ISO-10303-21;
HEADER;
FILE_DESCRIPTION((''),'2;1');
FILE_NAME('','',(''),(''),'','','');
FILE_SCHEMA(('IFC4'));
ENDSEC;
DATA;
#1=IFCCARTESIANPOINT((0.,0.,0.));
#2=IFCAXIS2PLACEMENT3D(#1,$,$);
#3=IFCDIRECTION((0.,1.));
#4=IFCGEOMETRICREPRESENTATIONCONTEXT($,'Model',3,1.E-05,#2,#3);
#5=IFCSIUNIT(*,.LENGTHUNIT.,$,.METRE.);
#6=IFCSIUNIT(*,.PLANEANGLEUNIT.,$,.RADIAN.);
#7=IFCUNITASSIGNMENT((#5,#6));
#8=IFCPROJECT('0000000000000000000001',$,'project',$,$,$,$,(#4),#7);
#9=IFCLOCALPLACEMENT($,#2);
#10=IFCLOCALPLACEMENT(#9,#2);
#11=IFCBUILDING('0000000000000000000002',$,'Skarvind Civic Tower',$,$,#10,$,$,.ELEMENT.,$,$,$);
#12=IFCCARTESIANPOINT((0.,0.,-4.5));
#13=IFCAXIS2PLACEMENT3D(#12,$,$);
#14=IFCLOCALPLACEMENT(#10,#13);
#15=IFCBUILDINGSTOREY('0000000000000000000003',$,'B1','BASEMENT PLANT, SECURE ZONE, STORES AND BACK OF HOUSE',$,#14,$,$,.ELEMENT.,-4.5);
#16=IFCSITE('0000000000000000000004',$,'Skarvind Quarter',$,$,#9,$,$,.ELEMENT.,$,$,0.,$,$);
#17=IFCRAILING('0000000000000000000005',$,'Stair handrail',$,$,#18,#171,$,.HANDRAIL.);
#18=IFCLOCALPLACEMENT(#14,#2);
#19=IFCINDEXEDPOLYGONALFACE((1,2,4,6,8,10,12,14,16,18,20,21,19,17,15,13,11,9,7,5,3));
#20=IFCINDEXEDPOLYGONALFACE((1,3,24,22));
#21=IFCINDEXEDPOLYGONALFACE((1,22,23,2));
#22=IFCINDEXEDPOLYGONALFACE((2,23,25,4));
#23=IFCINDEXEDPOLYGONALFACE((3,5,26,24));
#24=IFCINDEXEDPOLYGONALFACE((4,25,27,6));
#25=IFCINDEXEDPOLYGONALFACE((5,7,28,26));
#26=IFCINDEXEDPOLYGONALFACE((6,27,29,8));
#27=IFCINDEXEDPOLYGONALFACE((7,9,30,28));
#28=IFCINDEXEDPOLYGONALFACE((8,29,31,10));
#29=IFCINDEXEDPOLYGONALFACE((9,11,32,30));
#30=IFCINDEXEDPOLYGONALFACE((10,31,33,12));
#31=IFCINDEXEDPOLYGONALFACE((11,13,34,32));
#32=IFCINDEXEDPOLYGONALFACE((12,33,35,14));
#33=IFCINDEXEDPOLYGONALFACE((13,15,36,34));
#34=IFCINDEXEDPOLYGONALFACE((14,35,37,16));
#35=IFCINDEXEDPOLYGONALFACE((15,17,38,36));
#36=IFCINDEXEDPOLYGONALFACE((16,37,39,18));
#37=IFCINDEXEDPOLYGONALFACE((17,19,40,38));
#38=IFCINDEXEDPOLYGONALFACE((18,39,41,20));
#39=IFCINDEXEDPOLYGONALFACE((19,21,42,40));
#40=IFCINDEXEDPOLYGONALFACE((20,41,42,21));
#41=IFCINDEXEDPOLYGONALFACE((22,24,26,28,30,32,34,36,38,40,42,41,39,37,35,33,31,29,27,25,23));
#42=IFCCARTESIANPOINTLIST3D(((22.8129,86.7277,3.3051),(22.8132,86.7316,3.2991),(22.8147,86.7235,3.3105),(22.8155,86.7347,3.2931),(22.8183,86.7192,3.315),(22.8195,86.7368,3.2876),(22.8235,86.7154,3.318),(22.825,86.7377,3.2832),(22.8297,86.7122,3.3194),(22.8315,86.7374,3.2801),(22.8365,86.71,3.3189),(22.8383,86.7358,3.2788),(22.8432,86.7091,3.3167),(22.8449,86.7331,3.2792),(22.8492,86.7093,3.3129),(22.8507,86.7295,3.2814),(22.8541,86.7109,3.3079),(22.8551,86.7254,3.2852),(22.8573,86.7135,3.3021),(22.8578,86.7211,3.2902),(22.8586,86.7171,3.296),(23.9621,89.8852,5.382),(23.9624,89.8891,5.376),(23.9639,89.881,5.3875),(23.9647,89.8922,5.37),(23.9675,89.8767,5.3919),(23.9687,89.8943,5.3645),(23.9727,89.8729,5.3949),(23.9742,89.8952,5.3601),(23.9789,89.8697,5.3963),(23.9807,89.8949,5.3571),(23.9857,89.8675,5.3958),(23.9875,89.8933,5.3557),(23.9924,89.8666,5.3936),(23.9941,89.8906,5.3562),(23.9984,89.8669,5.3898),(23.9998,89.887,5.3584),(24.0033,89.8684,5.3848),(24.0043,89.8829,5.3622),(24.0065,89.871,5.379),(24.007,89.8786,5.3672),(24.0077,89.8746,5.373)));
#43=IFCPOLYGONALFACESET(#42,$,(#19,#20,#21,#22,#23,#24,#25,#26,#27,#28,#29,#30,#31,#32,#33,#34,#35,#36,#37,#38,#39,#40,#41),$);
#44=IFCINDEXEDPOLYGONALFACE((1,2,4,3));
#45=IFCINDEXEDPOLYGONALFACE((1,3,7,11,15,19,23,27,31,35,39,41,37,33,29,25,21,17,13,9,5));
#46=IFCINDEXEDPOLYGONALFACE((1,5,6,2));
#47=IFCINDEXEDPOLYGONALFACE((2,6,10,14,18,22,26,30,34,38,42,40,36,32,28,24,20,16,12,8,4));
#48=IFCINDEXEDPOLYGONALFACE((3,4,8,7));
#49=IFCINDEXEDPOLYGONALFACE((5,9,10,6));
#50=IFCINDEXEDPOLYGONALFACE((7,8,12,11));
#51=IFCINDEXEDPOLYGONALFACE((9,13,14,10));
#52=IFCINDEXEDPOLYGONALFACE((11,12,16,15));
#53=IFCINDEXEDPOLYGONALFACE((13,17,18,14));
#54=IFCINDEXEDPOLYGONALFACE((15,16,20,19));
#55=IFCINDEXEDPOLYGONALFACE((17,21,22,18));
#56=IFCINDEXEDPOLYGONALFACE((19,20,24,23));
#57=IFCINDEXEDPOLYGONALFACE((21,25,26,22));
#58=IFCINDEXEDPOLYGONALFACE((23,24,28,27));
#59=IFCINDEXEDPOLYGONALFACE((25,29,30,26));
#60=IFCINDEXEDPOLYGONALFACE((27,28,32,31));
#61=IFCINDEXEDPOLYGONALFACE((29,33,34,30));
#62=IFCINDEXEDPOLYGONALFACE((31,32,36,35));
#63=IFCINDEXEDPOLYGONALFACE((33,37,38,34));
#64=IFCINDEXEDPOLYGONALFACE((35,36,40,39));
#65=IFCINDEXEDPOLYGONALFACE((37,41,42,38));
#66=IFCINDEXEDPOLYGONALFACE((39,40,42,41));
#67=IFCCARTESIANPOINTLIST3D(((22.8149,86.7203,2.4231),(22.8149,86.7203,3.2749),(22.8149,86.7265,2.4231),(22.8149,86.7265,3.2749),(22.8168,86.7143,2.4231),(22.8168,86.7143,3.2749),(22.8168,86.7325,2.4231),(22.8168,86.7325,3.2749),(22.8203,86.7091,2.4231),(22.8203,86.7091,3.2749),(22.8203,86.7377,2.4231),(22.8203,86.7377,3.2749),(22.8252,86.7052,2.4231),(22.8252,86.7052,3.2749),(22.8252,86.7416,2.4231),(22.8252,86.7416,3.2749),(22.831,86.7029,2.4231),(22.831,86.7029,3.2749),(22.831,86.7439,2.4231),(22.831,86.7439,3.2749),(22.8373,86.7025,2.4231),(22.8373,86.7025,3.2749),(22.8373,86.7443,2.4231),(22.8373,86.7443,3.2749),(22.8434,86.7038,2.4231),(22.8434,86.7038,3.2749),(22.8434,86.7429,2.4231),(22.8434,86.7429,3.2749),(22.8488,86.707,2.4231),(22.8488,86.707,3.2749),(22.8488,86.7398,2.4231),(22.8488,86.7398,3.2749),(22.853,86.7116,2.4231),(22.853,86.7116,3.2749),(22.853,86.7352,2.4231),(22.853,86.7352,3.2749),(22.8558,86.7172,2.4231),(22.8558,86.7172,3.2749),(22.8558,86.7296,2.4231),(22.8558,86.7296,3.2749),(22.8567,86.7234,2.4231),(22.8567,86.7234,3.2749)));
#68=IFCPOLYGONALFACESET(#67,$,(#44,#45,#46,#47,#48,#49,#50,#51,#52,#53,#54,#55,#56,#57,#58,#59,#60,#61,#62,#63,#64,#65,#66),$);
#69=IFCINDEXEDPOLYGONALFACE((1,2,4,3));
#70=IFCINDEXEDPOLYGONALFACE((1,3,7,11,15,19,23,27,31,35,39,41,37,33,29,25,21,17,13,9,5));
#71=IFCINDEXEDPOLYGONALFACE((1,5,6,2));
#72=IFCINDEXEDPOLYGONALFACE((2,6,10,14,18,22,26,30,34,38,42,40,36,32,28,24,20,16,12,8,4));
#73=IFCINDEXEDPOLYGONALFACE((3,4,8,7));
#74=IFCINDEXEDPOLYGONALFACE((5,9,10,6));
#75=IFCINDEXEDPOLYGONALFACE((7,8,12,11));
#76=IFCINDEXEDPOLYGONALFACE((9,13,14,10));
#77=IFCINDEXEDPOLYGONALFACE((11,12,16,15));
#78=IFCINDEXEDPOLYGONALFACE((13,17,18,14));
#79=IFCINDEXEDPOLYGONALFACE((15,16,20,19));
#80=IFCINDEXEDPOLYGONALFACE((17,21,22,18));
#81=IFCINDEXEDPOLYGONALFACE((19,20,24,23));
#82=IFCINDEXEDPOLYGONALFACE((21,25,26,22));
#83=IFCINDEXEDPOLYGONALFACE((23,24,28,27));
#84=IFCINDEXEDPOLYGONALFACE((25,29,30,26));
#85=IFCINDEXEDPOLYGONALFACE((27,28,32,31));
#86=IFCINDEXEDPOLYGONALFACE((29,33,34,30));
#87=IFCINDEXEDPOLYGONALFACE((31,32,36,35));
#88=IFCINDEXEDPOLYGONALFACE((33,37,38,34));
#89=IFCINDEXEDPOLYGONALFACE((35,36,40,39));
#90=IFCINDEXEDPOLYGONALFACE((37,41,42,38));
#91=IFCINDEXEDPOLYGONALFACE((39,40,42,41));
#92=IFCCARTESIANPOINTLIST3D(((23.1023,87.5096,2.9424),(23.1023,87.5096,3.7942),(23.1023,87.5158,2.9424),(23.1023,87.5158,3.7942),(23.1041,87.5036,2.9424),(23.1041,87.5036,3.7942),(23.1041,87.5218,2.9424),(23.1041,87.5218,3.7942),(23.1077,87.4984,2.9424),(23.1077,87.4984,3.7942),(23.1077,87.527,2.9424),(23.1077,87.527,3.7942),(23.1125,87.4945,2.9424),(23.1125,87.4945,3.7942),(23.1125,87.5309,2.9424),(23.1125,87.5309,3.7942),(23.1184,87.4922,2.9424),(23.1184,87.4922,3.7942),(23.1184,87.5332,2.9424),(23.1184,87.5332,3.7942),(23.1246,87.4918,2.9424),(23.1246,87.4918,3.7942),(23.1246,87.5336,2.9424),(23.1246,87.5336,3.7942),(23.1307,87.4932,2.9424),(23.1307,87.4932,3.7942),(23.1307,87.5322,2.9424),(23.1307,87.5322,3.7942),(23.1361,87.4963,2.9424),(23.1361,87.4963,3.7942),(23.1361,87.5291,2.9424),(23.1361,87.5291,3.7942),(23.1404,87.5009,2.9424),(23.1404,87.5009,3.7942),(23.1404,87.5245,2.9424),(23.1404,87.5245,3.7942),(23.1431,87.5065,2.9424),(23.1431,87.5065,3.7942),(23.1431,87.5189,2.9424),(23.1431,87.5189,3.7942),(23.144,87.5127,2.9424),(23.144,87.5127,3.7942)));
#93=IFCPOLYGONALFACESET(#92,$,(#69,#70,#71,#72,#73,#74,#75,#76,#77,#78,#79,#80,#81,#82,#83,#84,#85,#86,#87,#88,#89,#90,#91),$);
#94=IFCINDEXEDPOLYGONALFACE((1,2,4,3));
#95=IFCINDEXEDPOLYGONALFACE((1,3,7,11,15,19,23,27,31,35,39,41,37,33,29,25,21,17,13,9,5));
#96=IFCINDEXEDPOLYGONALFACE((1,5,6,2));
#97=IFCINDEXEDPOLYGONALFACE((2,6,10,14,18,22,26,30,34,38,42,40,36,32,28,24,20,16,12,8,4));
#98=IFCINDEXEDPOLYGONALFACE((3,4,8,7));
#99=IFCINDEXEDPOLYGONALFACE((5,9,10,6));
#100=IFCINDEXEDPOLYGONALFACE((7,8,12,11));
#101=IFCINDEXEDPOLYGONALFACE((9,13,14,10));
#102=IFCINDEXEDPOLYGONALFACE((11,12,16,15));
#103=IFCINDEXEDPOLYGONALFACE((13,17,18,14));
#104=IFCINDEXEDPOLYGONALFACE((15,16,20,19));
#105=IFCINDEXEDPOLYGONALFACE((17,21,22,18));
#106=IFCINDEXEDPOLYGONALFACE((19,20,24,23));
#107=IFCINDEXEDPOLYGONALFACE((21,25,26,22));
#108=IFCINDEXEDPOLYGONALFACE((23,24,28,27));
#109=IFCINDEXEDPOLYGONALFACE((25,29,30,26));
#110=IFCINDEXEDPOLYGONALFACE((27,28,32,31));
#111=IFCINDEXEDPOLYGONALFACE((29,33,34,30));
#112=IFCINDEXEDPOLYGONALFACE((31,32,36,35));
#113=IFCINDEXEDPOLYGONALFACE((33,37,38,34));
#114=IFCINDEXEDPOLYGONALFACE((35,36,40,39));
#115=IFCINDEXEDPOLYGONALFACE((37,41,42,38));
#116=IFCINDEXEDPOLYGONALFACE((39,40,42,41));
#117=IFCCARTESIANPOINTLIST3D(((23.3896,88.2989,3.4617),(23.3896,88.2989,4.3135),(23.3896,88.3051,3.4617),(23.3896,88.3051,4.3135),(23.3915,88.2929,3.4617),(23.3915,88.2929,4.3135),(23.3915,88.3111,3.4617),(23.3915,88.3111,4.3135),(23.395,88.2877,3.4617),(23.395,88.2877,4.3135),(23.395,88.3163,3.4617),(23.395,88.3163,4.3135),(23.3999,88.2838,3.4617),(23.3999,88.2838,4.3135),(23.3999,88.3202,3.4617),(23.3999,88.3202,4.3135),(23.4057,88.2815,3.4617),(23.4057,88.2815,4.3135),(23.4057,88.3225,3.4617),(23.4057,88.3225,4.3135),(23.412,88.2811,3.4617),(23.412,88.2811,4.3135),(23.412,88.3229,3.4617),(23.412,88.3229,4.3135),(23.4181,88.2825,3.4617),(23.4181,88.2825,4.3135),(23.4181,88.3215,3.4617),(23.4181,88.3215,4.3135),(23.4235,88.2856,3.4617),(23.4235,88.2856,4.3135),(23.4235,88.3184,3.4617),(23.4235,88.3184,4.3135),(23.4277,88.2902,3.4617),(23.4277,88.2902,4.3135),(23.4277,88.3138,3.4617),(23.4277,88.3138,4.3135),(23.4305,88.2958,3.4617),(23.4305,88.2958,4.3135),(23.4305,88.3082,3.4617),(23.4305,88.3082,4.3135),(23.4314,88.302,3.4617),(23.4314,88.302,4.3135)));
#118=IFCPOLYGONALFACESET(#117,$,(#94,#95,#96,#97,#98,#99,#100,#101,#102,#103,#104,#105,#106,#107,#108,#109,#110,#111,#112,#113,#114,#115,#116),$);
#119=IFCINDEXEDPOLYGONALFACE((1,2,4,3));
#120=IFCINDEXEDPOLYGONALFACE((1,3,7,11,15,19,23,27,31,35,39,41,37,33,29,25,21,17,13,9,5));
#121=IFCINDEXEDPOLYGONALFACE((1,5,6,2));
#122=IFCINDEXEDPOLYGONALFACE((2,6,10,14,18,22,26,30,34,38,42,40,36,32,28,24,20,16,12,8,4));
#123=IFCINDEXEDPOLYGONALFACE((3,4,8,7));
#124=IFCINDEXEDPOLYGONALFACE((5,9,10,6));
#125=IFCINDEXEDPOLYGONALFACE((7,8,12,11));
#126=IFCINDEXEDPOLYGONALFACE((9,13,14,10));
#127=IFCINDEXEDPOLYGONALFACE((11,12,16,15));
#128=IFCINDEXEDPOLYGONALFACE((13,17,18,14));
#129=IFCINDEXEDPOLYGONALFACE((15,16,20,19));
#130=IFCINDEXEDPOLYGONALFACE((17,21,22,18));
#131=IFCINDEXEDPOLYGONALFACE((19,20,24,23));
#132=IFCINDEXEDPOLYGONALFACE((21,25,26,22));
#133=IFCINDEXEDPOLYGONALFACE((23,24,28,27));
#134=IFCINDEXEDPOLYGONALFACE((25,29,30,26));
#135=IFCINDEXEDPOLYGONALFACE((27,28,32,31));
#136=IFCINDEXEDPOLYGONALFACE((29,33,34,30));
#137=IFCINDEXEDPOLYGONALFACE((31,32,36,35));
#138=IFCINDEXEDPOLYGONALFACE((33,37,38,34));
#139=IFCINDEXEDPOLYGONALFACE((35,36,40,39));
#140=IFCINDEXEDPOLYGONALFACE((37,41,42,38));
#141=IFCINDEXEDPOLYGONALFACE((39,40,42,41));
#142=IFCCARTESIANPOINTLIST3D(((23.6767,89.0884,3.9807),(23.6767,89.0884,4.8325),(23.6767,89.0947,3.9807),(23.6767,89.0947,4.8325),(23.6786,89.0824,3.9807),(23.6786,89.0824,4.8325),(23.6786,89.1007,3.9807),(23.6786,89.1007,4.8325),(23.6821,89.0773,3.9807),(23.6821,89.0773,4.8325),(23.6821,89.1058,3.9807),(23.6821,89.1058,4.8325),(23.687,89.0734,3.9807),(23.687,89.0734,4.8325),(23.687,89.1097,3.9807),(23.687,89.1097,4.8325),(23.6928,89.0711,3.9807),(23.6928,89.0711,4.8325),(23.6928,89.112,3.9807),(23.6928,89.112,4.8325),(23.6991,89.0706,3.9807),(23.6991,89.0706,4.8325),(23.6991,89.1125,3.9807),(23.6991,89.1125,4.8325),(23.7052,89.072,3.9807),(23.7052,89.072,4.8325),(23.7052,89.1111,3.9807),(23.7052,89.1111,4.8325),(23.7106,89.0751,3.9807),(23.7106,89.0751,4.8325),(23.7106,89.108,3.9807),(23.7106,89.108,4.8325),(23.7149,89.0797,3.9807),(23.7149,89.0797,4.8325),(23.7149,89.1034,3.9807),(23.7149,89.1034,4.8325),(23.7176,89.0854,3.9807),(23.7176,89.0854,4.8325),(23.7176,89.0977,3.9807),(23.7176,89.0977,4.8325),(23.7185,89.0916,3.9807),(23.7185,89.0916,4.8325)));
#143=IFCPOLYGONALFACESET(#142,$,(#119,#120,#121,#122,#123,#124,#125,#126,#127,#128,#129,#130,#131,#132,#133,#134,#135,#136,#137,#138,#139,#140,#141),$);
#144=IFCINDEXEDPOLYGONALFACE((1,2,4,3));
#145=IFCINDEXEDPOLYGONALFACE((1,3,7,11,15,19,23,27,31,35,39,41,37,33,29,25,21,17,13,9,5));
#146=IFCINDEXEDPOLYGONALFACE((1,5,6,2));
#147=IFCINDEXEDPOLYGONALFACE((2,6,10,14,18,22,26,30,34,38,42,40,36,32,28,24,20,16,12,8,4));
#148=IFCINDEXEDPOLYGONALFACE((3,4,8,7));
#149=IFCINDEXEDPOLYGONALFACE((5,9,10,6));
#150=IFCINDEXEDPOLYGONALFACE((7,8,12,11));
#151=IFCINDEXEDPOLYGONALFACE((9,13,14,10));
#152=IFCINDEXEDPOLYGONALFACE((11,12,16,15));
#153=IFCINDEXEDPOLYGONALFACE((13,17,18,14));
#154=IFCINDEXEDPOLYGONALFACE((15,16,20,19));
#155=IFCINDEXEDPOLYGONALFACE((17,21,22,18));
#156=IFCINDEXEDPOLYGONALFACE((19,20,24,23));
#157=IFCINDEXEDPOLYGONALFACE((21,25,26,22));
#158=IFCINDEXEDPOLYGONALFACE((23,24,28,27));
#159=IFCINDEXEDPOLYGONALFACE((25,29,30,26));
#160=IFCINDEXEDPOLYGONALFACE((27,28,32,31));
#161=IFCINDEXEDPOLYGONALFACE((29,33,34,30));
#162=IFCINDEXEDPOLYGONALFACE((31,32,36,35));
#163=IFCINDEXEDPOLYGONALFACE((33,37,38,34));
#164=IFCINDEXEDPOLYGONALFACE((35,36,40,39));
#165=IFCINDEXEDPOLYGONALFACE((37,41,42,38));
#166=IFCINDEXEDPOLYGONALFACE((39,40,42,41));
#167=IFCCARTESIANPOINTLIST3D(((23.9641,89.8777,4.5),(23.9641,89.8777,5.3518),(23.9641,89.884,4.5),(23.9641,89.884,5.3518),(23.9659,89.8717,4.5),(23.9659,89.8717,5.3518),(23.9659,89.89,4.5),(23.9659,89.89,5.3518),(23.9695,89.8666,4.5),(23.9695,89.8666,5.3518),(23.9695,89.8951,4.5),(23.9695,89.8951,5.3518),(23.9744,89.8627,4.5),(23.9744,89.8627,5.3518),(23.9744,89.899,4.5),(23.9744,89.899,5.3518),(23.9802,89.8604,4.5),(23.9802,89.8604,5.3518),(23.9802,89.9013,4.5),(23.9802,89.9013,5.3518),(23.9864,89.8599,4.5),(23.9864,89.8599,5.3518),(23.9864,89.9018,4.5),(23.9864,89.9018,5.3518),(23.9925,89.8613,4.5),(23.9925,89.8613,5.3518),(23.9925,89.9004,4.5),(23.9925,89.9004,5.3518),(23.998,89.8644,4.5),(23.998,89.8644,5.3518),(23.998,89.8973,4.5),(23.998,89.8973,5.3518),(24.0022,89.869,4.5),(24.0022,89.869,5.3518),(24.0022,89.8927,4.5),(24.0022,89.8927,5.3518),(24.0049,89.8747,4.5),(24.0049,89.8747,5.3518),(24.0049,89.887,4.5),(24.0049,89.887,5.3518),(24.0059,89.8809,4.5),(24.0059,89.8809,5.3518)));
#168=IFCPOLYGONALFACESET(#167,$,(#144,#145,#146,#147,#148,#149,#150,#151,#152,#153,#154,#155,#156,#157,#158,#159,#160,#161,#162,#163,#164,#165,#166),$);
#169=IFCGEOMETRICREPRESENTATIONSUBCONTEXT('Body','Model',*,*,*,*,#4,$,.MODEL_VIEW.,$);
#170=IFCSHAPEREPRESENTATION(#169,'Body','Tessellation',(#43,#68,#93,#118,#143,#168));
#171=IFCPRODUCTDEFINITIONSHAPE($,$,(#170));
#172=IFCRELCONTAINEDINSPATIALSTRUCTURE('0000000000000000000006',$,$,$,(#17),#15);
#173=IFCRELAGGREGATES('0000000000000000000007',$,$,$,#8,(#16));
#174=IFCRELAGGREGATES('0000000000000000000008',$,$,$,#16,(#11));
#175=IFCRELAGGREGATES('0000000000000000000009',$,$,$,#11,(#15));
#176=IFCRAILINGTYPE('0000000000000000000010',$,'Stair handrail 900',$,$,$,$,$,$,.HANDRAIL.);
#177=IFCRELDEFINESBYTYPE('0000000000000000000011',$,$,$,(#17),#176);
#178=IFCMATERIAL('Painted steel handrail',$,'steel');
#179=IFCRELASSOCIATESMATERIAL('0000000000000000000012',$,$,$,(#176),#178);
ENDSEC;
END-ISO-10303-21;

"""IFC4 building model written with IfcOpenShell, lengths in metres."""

from ifc_helpers import new_model, si_unit, direction, frame, origin, origin_2d, place, context, subcontext, project, spatial, circle, extrude, material, type_object, element, save


model = new_model("IFC4")

# Units and contexts
model_context = context("Model", 3, precision=1e-05, world=origin(), true_north=direction((0.0, 1.0)))
body_context = subcontext(model_context, "Body", "Model", "MODEL_VIEW")
ifc_project = project(units=[si_unit("LENGTHUNIT", "METRE"), si_unit("PLANEANGLEUNIT", "RADIAN")], contexts=[model_context])

# Site, building, storey
site_placement = place(None, origin())
site = spatial("IfcSite", under=ifc_project, at=site_placement, Name="Skarvind Quarter", CompositionType="ELEMENT", RefElevation=0.0)
building_placement = place(site_placement, origin())
building = spatial("IfcBuilding", under=site, at=building_placement, Name="Skarvind Civic Tower", CompositionType="ELEMENT")
storey_placement = place(building_placement, frame((0.0, 0.0, -4.5)))
storey = spatial("IfcBuildingStorey", under=building, at=storey_placement, Name="B1", Description="BASEMENT PLANT, SECURE ZONE, STORES AND BACK OF HOUSE", CompositionType="ELEMENT", Elevation=-4.5)

# Railing
ifc_material_1 = material(Name="Painted steel handrail", Category="steel")
railing_type = type_object("IfcRailingType", Name="Stair handrail 900", PredefinedType="HANDRAIL", material=ifc_material_1)
railing_1_placement = place(storey_placement, frame((22.8357, 86.7234, 2.4231)))
element("IfcRailing", 1, at=railing_1_placement, inside=storey, type_object=railing_type, Name="Stair handrail", PredefinedType="HANDRAIL", context=body_context, shape_type="SweptSolid", body=[
    extrude(circle(Radius=0.0239, at=origin_2d()), frame((0.0, 0.0, 0.876), z_axis=(0.290917, 0.799328, 0.525778), x_axis=(-0.939698, 0.342006, 0.0)), (0.0, 0.0, 1.0), 3.9502),
    extrude(circle(Radius=0.021, at=origin_2d()), origin(), (0.0, 0.0, 1.0), 0.8518),
    extrude(circle(Radius=0.021, at=origin_2d()), frame((0.2874, 0.7893, 0.5193)), (0.0, 0.0, 1.0), 0.8518),
    extrude(circle(Radius=0.021, at=origin_2d()), frame((0.5747, 1.5786, 1.0386)), (0.0, 0.0, 1.0), 0.8518),
    extrude(circle(Radius=0.021, at=origin_2d()), frame((0.8618, 2.3682, 1.5576)), (0.0, 0.0, 1.0), 0.8518),
    extrude(circle(Radius=0.021, at=origin_2d()), frame((1.1492, 3.1575, 2.0769)), (0.0, 0.0, 1.0), 0.8518),
])

save(model, "model.ifc")
